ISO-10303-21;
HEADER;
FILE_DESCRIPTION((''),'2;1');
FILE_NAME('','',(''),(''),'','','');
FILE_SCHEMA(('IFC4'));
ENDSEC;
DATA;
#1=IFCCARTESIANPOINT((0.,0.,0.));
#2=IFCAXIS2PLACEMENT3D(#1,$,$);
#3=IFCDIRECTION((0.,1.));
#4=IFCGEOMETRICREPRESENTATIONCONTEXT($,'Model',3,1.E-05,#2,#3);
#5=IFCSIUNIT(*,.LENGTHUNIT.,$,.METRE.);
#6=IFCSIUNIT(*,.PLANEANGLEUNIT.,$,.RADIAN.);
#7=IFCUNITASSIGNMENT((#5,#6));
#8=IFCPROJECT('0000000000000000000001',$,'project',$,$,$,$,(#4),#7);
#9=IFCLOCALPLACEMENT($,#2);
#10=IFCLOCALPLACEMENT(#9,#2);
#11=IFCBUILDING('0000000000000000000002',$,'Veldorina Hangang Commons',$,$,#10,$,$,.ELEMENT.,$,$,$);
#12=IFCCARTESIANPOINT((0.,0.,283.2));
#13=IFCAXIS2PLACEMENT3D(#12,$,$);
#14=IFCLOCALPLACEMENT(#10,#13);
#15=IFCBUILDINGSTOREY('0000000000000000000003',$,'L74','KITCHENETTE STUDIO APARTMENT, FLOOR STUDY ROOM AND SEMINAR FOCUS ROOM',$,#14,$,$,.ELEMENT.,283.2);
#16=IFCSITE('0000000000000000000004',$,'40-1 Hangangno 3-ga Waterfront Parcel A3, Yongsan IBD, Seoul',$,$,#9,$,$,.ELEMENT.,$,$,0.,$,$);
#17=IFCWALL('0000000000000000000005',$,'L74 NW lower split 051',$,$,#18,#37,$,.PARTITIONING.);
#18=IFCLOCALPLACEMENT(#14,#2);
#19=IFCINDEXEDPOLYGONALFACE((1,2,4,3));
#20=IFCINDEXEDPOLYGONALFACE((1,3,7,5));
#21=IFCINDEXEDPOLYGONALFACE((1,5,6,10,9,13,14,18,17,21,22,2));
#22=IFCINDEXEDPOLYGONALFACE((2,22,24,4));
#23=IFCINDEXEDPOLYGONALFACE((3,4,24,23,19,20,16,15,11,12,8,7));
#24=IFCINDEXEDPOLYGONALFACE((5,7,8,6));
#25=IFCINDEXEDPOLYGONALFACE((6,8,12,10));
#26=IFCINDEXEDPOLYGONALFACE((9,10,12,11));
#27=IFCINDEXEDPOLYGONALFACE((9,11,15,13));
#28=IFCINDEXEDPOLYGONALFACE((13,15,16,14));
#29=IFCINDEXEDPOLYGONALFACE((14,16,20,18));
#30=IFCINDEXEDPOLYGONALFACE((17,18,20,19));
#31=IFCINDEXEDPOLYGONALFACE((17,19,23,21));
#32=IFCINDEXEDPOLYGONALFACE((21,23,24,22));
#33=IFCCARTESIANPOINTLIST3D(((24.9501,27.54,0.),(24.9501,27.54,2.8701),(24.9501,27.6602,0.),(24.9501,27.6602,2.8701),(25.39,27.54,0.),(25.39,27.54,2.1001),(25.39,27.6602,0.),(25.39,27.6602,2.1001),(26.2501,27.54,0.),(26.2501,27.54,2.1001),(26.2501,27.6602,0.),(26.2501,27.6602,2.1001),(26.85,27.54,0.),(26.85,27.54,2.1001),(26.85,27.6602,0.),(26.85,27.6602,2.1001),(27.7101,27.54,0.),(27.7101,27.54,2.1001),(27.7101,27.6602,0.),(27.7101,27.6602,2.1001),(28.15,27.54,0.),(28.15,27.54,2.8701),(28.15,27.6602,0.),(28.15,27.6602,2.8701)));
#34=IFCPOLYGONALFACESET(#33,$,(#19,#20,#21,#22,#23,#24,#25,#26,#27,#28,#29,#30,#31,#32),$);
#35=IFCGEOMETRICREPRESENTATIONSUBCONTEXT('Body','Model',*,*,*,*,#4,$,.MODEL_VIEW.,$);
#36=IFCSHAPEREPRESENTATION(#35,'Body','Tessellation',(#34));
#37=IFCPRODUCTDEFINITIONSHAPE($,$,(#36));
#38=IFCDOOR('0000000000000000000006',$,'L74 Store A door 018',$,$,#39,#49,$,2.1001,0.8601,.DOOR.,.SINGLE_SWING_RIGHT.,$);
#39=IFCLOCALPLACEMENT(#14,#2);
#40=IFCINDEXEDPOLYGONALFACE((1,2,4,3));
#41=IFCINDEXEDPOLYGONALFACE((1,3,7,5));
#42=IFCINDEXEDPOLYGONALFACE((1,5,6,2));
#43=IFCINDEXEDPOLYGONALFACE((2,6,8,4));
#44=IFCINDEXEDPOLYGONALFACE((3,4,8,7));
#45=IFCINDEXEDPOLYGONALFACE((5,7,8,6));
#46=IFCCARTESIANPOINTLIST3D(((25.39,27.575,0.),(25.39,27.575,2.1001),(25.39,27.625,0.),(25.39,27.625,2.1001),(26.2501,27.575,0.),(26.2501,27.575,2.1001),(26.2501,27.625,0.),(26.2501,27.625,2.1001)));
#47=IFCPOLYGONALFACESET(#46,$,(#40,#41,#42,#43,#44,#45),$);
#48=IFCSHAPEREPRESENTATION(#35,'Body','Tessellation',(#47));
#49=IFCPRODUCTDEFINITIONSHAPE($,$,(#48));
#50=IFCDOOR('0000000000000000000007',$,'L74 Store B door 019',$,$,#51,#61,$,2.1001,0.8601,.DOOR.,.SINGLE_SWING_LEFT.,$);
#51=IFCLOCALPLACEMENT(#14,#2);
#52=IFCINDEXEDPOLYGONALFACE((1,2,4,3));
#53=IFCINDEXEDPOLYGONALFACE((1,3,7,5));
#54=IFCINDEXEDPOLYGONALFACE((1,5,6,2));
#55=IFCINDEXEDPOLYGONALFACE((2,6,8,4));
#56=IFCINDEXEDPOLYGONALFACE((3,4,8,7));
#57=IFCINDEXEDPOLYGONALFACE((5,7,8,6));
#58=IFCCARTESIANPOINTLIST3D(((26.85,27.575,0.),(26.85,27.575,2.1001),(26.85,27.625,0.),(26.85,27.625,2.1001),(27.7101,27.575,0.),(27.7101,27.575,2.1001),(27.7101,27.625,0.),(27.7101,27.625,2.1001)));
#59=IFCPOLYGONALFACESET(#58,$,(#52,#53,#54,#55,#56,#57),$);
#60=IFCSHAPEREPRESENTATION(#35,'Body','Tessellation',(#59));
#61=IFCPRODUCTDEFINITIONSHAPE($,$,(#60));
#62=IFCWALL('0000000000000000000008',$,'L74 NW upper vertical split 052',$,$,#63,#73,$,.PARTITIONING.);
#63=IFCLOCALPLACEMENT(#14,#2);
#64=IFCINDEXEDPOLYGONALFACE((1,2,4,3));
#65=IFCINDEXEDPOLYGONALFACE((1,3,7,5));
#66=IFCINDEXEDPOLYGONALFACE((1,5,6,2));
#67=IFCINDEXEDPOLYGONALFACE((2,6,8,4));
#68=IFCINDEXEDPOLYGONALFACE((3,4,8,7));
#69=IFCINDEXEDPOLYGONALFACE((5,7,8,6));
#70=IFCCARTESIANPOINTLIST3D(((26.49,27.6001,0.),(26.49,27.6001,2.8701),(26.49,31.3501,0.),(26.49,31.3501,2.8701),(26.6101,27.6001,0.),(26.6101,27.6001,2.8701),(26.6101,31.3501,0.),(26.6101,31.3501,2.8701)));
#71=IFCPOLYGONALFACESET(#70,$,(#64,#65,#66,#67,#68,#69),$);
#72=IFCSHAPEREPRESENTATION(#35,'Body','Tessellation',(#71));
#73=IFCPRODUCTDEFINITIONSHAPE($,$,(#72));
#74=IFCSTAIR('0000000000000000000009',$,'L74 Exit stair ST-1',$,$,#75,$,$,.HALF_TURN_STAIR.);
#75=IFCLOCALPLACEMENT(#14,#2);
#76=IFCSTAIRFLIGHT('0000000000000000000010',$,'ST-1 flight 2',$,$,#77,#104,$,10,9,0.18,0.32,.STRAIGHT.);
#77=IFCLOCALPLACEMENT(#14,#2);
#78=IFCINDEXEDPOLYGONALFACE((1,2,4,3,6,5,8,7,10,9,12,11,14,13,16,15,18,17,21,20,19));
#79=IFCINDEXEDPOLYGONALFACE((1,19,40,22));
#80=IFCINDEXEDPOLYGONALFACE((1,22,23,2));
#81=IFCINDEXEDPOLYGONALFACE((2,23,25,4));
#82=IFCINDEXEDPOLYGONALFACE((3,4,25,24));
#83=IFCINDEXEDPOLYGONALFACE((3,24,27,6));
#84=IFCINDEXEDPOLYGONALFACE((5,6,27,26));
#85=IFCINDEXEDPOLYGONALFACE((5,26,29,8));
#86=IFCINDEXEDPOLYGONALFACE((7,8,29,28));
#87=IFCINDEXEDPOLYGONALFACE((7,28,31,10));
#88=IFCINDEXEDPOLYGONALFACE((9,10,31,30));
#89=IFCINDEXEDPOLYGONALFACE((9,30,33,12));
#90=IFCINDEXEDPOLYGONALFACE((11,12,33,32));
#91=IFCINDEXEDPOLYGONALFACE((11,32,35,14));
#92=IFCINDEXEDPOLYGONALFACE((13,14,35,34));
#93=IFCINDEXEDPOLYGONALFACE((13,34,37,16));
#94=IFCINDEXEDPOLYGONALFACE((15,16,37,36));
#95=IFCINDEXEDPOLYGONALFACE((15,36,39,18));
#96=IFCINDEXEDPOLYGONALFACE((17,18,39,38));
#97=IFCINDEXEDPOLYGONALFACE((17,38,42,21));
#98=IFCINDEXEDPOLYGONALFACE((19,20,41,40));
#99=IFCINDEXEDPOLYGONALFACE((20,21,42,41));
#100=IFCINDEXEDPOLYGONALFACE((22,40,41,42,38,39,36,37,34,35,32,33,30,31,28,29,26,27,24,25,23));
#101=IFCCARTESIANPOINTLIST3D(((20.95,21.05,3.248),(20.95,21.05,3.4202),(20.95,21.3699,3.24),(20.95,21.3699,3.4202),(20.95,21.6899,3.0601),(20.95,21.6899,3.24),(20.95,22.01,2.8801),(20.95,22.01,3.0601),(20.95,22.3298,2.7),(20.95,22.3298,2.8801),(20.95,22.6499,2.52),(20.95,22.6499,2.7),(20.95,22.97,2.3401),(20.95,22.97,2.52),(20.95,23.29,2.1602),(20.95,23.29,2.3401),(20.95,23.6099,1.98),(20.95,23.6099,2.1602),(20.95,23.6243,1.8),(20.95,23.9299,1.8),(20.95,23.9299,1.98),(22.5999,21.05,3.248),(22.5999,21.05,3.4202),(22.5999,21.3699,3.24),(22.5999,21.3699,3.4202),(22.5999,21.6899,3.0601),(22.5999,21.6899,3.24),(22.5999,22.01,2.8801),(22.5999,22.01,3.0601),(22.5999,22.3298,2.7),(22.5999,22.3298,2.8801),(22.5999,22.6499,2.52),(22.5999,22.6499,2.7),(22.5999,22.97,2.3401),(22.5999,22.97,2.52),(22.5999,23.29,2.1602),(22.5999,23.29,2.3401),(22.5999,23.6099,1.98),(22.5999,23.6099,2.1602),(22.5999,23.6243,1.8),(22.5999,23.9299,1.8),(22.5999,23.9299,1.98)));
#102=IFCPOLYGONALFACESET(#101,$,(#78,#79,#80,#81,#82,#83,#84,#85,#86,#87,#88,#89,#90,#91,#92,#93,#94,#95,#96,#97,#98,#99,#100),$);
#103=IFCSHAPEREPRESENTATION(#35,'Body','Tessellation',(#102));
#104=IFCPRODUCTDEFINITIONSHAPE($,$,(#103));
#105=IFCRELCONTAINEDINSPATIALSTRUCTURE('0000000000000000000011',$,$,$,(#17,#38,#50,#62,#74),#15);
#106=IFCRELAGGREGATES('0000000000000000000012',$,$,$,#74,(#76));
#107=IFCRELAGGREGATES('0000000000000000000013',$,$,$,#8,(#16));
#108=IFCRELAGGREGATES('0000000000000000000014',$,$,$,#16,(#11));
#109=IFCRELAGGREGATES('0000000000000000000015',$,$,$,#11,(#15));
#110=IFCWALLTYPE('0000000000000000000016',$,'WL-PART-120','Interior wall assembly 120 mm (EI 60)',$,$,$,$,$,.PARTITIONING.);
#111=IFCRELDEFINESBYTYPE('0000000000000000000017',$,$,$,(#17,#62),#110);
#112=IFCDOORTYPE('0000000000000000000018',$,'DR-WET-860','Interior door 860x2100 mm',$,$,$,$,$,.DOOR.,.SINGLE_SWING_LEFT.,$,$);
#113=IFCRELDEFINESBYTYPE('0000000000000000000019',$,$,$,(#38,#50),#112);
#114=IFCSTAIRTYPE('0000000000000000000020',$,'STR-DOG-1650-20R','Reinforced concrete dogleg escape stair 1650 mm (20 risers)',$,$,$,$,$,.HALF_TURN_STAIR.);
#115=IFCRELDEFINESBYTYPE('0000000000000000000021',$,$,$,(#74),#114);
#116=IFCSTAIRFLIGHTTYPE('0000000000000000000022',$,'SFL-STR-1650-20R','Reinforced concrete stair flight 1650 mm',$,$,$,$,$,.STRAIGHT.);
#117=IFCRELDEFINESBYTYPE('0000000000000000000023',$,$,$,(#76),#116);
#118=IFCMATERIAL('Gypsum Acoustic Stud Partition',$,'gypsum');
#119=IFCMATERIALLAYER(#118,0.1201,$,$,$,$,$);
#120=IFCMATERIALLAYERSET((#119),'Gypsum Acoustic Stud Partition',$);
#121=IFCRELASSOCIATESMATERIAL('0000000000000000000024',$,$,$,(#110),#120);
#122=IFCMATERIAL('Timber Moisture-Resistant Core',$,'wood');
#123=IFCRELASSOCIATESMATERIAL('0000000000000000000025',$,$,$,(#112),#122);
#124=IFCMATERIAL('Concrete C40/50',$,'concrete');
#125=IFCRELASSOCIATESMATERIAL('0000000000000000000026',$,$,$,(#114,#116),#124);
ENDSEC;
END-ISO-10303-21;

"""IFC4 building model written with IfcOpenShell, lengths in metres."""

from ifc_helpers import new_model, si_unit, direction, frame, frame_2d, origin, place, context, subcontext, project, spatial, polyline, rectangle, outline, extrude, material, layer, layer_set, type_object, element, fill, aggregate, save


model = new_model("IFC4")

# Units and contexts
model_context = context("Model", 3, precision=1e-05, world=origin(), true_north=direction((0.0, 1.0)))
body_context = subcontext(model_context, "Body", "Model", "MODEL_VIEW")
ifc_project = project(units=[si_unit("LENGTHUNIT", "METRE"), si_unit("PLANEANGLEUNIT", "RADIAN")], contexts=[model_context])

# Site, building, storey
site_placement = place(None, origin())
site = spatial("IfcSite", under=ifc_project, at=site_placement, Name="40-1 Hangangno 3-ga Waterfront Parcel A3, Yongsan IBD, Seoul", CompositionType="ELEMENT", RefElevation=0.0)
building_placement = place(site_placement, origin())
building = spatial("IfcBuilding", under=site, at=building_placement, Name="Veldorina Hangang Commons", CompositionType="ELEMENT")
storey_placement = place(building_placement, frame((0.0, 0.0, 283.2)))
storey = spatial("IfcBuildingStorey", under=building, at=storey_placement, Name="L74", Description="KITCHENETTE STUDIO APARTMENT, FLOOR STUDY ROOM AND SEMINAR FOCUS ROOM", CompositionType="ELEMENT", Elevation=283.2)

# Shared definitions
ifc_material_1 = material(Name="Gypsum Acoustic Stud Partition", Category="gypsum")
ifc_layer_1 = layer(ifc_material_1, 0.1201)
ifc_layer_set_1 = layer_set([ifc_layer_1], Name="Gypsum Acoustic Stud Partition")
wall_type_1 = type_object("IfcWallType", Name="WL-PART-120", Description="Interior wall assembly 120 mm (EI 60)", PredefinedType="PARTITIONING", material=ifc_layer_set_1)

# Wall, openings, doors
wall_1_placement = place(storey_placement, frame((24.95, 27.6001, 0.0), z_axis=(0.0, 0.0, 1.0), x_axis=(1.0, 0.0, 0.0)))
wall_1 = element("IfcWall", 1, at=wall_1_placement, inside=storey, type_object=wall_type_1, Name="L74 NW lower split 051", PredefinedType="PARTITIONING", context=body_context, shape_type="SweptSolid", body=[
    extrude(rectangle(XDim=3.2, YDim=0.1201, at=frame_2d((1.6001, 0.0))), origin(), (0.0, 0.0, 1.0), 2.8701),
])
opening_1_placement = place(wall_1_placement, frame((0.4399, 0.0, 0.0)))
opening_1 = element("IfcOpeningElement", 2, at=opening_1_placement, cuts=wall_1, PredefinedType="OPENING", context=body_context, shape_type="SweptSolid", body=[
    extrude(rectangle(XDim=0.8601, YDim=2.1001, at=frame_2d((0.4302, 1.05))), frame((0.0, 0.0701, 0.0), z_axis=(0.0, -1.0, 0.0), x_axis=(1.0, 0.0, 0.0)), (0.0, 0.0, 1.0), 0.1401),
])
opening_2_placement = place(wall_1_placement, frame((1.8999, 0.0, 0.0)))
opening_2 = element("IfcOpeningElement", 3, at=opening_2_placement, cuts=wall_1, PredefinedType="OPENING", context=body_context, shape_type="SweptSolid", body=[
    extrude(rectangle(XDim=0.8601, YDim=2.1001, at=frame_2d((0.4302, 1.05))), frame((0.0, 0.0701, 0.0), z_axis=(0.0, -1.0, 0.0), x_axis=(1.0, 0.0, 0.0)), (0.0, 0.0, 1.0), 0.1401),
])
ifc_material_2 = material(Name="Timber Moisture-Resistant Core", Category="wood")
door_type_1 = type_object("IfcDoorType", Name="DR-WET-860", Description="Interior door 860x2100 mm", OperationType="SINGLE_SWING_LEFT", PredefinedType="DOOR", material=ifc_material_2)
door_1_placement = place(opening_1_placement, origin())
door_1 = element("IfcDoor", 4, at=door_1_placement, inside=storey, type_object=door_type_1, Name="L74 Store A door 018", OperationType="SINGLE_SWING_RIGHT", OverallHeight=2.1001, OverallWidth=0.8601, PredefinedType="DOOR", context=body_context, shape_type="SweptSolid", body=[
    extrude(rectangle(XDim=0.8601, YDim=2.1001, at=frame_2d((0.4302, 1.05))), frame((0.0, 0.0249, 0.0), z_axis=(0.0, -1.0, 0.0), x_axis=(1.0, 0.0, 0.0)), (0.0, 0.0, 1.0), 0.05),
])
fill(opening_1, door_1)
door_2_placement = place(opening_2_placement, origin())
door_2 = element("IfcDoor", 5, at=door_2_placement, inside=storey, type_object=door_type_1, Name="L74 Store B door 019", OperationType="SINGLE_SWING_LEFT", OverallHeight=2.1001, OverallWidth=0.8601, PredefinedType="DOOR", context=body_context, shape_type="SweptSolid", body=[
    extrude(rectangle(XDim=0.8601, YDim=2.1001, at=frame_2d((0.4302, 1.05))), frame((0.0, 0.0249, 0.0), z_axis=(0.0, -1.0, 0.0), x_axis=(1.0, 0.0, 0.0)), (0.0, 0.0, 1.0), 0.05),
])
fill(opening_2, door_2)

# Wall
wall_2_placement = place(storey_placement, frame((26.55, 27.6001, 0.0), z_axis=(0.0, 0.0, 1.0), x_axis=(0.0, 1.0, 0.0)))
element("IfcWall", 6, at=wall_2_placement, inside=storey, type_object=wall_type_1, Name="L74 NW upper vertical split 052", PredefinedType="PARTITIONING", context=body_context, shape_type="SweptSolid", body=[
    extrude(rectangle(XDim=3.75, YDim=0.1201, at=frame_2d((1.875, 0.0))), origin(), (0.0, 0.0, 1.0), 2.8701),
])

# Stair, stair flight
ifc_material_3 = material(Name="Concrete C40/50", Category="concrete")
stair_type = type_object("IfcStairType", Name="STR-DOG-1650-20R", Description="Reinforced concrete dogleg escape stair 1650 mm (20 risers)", PredefinedType="HALF_TURN_STAIR", material=ifc_material_3)
stair_placement = place(storey_placement, origin())
stair = element("IfcStair", 7, at=stair_placement, inside=storey, type_object=stair_type, Name="L74 Exit stair ST-1", PredefinedType="HALF_TURN_STAIR")
stair_flight_type = type_object("IfcStairFlightType", Name="SFL-STR-1650-20R", Description="Reinforced concrete stair flight 1650 mm", PredefinedType="STRAIGHT", material=ifc_material_3)
stair_flight_placement = place(storey_placement, frame((21.7749, 23.9299, 1.8), z_axis=(0.0, 0.0, 1.0), x_axis=(0.0, -1.0, 0.0)))
stair_flight = element("IfcStairFlight", 8, at=stair_flight_placement, type_object=stair_flight_type, Name="ST-1 flight 2", NumberOfRisers=10, NumberOfTreads=9, PredefinedType="STRAIGHT", RiserHeight=0.18, TreadLength=0.32, context=body_context, shape_type="SweptSolid", body=[
    extrude(outline(polyline([(0.0, 0.0), (0.0, 0.1799), (0.3201, 0.1799), (0.3201, 0.3601), (0.6399, 0.3601), (0.6399, 0.54), (0.96, 0.54), (0.96, 0.72), (1.28, 0.72), (1.28, 0.8999), (1.6001, 0.8999), (1.6001, 1.0801), (1.9199, 1.0801), (1.9199, 1.26), (2.24, 1.26), (2.24, 1.4399), (2.5601, 1.4399), (2.5601, 1.6201), (2.8799, 1.6201), (2.8799, 1.8), (2.8799, 1.448), (0.3057, 0.0), (0.0, 0.0)])), frame((0.0, 0.825, 0.0), z_axis=(0.0, -1.0, 0.0), x_axis=(1.0, 0.0, 0.0)), (0.0, 0.0, 1.0), 1.6499),
])
aggregate(stair, [stair_flight])

save(model, "model.ifc")
